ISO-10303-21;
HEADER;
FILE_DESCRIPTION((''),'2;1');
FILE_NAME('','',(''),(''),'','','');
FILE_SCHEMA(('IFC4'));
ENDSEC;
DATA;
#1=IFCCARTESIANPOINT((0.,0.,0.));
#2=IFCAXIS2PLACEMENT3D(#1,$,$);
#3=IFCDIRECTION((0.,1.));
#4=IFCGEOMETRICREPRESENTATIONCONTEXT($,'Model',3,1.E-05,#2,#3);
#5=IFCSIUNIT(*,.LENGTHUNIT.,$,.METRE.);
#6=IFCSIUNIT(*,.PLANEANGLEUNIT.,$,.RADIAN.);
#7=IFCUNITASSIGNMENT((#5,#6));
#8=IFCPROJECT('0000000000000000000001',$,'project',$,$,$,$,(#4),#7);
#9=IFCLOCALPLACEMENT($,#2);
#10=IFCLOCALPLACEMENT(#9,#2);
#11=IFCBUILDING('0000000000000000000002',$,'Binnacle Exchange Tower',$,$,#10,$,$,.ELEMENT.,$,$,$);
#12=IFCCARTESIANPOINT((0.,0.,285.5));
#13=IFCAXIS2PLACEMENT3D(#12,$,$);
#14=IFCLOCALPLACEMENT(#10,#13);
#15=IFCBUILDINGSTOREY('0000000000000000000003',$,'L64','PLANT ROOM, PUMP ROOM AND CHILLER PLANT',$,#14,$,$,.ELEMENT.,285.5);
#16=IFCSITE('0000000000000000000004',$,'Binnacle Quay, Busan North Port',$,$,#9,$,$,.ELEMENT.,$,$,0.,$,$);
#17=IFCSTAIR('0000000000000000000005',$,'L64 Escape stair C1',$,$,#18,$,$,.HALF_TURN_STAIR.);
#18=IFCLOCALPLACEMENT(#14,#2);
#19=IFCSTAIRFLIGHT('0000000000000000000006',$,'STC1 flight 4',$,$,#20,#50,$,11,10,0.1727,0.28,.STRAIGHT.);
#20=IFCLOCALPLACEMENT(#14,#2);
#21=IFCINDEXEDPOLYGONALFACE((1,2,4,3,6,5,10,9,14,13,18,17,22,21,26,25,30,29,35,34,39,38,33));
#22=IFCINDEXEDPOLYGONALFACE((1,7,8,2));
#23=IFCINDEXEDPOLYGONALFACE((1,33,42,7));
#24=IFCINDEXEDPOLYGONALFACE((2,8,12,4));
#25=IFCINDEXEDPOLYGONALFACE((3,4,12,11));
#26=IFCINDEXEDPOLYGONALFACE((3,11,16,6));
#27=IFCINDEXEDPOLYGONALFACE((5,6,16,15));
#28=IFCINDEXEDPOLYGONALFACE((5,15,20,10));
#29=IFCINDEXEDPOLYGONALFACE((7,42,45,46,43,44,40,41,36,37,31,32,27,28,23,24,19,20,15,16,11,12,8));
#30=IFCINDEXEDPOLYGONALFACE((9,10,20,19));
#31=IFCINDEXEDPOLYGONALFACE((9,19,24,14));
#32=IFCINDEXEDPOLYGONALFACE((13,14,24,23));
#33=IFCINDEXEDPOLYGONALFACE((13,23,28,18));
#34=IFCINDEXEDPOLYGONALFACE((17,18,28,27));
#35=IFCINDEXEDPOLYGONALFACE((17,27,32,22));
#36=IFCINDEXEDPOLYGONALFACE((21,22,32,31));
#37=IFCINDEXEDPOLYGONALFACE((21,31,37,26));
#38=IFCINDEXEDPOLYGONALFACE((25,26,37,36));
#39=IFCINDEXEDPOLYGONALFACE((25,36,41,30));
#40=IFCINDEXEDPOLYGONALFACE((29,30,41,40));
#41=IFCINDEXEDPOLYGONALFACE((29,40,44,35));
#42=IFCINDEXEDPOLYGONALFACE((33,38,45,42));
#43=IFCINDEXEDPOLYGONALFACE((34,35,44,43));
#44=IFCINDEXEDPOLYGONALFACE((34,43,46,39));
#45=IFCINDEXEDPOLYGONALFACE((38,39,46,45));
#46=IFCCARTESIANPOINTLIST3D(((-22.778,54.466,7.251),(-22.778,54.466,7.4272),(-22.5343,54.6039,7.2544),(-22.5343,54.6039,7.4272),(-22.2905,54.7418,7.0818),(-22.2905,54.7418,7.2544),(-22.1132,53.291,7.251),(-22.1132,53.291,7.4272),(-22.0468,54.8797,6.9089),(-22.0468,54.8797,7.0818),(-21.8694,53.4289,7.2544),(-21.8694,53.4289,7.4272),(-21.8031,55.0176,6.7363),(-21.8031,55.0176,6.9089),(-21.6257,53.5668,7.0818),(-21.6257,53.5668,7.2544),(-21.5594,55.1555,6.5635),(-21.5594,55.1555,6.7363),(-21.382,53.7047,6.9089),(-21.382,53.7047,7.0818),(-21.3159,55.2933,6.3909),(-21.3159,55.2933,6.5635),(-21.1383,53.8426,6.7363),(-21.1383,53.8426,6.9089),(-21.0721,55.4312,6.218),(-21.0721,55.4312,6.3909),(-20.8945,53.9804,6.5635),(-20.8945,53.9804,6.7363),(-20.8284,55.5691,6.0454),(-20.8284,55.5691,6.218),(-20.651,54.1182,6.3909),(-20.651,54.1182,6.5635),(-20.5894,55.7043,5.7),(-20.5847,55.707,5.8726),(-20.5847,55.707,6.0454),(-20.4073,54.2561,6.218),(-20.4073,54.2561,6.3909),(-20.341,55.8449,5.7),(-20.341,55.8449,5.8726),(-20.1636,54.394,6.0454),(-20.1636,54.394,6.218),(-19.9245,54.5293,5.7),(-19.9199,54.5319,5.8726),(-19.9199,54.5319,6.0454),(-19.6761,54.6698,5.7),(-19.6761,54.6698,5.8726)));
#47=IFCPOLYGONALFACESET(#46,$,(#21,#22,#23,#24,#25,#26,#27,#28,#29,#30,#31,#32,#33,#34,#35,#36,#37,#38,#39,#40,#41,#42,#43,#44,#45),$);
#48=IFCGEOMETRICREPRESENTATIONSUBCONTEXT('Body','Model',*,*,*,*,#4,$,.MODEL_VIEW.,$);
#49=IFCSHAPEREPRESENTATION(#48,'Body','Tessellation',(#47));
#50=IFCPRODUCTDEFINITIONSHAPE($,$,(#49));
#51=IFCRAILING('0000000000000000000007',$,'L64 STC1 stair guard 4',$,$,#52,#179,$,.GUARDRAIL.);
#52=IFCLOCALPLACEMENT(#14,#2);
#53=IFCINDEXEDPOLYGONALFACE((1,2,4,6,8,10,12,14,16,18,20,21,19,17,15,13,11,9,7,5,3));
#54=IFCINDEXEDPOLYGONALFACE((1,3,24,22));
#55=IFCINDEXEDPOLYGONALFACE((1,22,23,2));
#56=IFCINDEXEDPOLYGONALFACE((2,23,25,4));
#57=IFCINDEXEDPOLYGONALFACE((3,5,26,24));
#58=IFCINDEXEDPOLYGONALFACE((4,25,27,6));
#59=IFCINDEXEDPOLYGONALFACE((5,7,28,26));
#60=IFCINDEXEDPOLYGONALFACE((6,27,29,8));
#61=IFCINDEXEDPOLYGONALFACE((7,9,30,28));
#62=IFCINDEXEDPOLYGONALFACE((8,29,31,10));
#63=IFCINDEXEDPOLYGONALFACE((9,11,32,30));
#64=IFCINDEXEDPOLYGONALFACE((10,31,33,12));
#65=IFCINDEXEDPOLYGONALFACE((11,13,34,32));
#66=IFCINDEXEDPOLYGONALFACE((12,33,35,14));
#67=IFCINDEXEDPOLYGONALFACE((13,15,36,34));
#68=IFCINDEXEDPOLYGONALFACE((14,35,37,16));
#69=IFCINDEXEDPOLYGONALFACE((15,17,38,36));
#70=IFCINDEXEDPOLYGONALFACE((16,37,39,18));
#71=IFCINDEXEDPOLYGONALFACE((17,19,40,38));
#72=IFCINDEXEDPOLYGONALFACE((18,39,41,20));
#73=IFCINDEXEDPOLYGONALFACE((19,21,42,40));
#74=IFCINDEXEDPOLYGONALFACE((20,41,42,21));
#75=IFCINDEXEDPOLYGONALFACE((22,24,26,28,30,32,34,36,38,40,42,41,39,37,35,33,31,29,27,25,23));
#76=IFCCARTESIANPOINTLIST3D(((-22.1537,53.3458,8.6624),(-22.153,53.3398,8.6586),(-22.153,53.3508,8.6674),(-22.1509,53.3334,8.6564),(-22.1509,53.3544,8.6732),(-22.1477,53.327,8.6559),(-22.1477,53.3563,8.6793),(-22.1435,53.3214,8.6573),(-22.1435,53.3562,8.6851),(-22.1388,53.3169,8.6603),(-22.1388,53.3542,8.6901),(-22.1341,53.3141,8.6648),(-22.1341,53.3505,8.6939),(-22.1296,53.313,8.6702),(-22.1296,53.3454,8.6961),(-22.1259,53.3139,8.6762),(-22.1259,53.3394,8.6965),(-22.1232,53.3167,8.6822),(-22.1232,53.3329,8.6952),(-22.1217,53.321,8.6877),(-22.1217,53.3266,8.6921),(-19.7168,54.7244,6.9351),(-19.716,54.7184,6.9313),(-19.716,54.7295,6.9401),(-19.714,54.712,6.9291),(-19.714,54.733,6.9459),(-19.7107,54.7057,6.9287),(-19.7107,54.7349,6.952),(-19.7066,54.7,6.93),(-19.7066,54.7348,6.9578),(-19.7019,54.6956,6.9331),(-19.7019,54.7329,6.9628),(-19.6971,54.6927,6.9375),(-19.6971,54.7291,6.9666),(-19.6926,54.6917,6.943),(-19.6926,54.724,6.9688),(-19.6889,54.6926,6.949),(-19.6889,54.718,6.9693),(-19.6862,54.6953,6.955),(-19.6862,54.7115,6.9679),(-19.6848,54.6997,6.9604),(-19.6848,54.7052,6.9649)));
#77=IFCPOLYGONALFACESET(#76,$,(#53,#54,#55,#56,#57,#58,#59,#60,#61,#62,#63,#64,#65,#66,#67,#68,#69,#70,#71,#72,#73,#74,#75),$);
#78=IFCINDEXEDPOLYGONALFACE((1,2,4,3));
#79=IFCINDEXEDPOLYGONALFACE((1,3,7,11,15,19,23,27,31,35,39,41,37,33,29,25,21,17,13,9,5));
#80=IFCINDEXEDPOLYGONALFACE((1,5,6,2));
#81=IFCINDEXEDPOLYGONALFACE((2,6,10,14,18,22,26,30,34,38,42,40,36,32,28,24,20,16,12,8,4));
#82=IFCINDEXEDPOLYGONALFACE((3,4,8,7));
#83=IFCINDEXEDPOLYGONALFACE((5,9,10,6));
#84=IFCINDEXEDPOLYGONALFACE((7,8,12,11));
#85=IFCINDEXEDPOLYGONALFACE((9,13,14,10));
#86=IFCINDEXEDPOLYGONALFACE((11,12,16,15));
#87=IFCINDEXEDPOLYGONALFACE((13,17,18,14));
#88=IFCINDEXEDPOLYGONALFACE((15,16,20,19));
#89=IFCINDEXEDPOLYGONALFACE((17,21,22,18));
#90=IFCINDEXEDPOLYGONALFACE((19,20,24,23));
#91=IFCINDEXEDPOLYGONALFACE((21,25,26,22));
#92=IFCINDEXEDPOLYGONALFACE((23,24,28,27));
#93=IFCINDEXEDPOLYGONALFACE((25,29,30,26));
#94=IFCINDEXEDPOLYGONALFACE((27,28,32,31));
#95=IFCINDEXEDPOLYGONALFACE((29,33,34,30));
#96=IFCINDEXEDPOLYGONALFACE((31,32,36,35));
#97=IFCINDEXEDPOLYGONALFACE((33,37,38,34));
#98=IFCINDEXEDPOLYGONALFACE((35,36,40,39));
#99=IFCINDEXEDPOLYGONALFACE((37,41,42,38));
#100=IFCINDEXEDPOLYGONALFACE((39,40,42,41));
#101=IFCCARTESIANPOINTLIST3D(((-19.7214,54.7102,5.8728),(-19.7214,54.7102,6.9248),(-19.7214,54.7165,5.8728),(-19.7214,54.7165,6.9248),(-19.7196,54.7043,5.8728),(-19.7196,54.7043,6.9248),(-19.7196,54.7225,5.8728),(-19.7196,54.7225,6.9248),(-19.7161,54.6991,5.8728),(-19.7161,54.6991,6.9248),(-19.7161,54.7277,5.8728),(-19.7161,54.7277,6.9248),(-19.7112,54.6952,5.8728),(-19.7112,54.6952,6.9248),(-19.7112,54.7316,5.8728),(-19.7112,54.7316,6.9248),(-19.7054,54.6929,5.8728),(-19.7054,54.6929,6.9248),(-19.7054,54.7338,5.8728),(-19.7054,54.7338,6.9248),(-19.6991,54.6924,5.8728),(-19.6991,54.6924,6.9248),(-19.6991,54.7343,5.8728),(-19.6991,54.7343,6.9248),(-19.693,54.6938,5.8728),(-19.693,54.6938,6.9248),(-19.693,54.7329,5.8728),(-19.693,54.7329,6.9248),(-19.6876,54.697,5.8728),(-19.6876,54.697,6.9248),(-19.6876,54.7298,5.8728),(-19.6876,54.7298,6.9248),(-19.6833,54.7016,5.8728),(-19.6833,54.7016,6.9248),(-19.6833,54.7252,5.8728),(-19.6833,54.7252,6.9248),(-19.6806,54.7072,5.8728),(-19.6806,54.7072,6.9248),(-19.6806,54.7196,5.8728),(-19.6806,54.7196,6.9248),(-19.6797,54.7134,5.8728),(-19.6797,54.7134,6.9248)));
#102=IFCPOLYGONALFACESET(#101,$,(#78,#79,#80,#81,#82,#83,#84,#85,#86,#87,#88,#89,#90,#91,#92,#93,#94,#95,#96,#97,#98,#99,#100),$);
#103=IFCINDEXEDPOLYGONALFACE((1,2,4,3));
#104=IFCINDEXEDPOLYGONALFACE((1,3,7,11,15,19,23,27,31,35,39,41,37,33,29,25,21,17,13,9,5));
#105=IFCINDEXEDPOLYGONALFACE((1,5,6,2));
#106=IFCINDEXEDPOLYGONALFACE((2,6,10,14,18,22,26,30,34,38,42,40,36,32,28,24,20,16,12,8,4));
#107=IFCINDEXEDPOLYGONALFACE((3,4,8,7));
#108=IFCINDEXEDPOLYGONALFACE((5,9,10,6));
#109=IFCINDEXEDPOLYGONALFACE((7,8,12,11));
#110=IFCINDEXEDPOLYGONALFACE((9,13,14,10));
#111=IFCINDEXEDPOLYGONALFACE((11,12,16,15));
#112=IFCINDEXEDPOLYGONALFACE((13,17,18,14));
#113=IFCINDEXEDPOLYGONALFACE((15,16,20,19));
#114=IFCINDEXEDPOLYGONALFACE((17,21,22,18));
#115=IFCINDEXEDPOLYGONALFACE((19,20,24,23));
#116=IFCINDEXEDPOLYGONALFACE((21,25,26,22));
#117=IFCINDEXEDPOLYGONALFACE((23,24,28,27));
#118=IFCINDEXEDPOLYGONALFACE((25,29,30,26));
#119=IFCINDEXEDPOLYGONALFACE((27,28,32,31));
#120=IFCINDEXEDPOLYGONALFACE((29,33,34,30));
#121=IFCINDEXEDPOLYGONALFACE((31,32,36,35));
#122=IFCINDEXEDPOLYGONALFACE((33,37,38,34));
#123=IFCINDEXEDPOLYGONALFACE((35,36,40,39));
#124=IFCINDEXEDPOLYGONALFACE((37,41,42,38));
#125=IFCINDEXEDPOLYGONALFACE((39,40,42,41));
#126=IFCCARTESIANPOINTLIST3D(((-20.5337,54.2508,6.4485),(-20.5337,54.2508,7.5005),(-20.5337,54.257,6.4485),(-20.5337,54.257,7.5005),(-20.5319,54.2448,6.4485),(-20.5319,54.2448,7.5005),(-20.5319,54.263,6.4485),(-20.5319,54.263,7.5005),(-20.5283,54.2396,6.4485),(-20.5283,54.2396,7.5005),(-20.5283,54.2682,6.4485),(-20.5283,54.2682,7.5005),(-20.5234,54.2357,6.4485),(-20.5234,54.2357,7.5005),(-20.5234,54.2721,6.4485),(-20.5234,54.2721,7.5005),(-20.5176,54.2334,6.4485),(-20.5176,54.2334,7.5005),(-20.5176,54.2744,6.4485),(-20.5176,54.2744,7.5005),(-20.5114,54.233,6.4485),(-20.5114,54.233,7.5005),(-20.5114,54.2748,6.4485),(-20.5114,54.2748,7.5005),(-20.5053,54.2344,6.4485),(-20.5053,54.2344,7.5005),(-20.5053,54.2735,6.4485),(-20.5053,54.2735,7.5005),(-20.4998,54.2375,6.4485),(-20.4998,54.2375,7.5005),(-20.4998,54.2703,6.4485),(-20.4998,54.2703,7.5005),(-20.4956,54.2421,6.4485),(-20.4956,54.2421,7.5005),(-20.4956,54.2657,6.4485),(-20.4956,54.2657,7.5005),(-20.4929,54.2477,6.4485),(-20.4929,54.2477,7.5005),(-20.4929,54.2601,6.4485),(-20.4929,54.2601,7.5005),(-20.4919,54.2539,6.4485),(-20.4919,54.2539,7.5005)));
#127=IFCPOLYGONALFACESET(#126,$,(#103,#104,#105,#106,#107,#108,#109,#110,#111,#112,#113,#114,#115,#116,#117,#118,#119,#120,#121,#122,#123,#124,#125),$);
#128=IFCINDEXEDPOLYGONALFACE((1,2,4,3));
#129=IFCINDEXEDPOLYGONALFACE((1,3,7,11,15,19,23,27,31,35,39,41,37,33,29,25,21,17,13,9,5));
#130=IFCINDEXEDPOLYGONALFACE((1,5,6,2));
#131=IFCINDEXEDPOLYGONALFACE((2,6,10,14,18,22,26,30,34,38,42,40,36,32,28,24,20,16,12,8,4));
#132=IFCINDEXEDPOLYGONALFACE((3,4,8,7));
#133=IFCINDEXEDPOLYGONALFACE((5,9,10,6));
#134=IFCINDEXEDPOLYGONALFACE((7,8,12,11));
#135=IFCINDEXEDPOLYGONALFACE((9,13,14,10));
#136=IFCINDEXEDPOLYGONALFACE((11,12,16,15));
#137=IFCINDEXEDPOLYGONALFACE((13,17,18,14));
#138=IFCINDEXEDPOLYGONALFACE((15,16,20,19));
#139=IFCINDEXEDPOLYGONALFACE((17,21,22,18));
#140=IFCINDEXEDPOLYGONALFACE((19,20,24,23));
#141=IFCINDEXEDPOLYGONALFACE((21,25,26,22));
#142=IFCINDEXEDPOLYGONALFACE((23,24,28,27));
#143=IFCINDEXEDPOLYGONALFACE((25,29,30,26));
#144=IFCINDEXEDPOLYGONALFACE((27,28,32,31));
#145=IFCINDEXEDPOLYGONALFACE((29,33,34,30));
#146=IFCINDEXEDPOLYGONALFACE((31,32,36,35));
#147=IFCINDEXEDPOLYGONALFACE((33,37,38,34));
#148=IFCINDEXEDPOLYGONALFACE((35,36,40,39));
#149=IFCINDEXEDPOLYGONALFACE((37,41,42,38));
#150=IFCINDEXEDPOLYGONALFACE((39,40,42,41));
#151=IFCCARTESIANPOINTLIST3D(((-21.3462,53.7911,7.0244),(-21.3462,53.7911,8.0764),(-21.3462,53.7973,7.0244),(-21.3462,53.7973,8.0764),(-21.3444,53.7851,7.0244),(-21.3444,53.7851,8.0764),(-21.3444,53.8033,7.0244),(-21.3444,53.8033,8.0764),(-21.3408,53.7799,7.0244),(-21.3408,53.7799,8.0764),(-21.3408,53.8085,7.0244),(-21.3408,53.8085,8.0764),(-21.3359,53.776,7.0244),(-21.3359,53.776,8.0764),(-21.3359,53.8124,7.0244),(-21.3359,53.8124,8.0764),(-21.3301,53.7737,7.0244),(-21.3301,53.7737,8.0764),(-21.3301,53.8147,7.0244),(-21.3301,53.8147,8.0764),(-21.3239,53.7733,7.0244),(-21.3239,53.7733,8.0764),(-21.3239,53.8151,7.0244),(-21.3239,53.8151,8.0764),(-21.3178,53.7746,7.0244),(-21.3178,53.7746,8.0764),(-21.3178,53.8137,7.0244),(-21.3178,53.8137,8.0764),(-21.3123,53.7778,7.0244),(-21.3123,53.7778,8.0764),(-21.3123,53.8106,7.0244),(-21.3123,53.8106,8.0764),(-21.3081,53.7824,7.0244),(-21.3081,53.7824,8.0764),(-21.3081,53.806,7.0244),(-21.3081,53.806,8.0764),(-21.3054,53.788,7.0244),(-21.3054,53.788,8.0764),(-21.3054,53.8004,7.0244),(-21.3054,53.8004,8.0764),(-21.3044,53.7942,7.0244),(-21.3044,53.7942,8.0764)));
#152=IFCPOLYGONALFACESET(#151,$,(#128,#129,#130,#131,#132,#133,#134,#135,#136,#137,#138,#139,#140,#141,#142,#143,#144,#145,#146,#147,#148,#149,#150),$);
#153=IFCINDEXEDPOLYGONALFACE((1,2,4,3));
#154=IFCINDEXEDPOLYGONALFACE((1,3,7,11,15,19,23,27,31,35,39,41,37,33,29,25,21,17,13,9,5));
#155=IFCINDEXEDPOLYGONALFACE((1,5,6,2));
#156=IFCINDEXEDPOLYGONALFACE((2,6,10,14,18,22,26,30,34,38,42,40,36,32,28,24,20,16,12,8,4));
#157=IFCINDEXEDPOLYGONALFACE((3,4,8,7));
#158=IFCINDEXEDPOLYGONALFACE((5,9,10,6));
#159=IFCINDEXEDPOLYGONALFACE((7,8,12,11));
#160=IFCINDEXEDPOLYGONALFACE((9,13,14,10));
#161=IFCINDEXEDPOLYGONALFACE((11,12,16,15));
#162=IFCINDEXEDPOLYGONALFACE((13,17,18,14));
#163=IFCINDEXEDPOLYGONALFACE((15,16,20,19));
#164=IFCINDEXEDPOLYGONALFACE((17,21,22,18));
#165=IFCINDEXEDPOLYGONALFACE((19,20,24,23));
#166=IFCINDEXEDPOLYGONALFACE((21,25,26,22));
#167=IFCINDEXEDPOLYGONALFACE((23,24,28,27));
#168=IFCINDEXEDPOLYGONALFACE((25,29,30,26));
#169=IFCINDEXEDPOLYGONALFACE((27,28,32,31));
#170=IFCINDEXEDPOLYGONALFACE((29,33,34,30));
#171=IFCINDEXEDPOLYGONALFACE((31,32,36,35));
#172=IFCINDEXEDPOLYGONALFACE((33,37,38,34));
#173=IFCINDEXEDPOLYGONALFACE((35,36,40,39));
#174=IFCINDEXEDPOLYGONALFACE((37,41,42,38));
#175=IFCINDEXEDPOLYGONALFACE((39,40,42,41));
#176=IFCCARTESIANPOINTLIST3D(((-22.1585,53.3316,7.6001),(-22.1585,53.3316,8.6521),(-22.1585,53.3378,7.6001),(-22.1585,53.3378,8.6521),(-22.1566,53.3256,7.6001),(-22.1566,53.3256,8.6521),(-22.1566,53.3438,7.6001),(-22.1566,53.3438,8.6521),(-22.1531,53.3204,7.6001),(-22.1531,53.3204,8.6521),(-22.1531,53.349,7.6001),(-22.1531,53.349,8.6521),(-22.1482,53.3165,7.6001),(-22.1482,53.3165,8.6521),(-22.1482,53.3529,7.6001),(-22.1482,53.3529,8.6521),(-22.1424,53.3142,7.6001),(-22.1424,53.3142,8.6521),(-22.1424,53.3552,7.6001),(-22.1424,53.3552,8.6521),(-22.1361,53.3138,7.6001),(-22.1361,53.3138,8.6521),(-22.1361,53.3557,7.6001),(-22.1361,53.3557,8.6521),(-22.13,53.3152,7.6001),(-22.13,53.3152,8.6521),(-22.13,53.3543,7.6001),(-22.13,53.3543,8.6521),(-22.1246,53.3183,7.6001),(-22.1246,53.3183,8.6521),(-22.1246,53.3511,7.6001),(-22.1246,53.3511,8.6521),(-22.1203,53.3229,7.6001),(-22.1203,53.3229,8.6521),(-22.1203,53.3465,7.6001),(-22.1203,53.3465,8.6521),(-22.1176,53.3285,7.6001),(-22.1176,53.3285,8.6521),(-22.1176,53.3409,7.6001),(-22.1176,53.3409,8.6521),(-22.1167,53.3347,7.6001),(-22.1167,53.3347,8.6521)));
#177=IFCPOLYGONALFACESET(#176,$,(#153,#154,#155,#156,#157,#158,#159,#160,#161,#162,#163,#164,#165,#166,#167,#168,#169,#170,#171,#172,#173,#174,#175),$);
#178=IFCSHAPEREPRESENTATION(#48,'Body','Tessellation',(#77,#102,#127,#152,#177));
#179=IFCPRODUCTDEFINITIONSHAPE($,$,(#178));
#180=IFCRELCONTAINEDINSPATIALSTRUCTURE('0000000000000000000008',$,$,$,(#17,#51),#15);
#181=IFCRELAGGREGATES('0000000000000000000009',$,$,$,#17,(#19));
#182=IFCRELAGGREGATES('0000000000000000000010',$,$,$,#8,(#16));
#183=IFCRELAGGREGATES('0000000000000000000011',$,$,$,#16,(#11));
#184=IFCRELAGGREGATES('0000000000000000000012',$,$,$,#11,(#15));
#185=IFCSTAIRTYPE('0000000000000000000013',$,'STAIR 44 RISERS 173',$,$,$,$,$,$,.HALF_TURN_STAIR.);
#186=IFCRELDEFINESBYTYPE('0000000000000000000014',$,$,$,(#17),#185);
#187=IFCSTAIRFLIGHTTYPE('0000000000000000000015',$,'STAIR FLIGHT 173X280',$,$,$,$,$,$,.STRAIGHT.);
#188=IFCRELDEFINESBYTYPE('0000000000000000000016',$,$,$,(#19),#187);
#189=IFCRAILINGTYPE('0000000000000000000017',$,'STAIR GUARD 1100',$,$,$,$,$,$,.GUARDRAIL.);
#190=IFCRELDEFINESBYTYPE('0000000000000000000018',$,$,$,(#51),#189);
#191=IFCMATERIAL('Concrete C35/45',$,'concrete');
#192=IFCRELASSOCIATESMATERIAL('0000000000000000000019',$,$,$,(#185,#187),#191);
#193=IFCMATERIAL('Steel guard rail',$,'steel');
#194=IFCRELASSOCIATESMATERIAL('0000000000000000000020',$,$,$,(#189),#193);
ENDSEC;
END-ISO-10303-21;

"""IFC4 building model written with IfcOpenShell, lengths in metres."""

from ifc_helpers import new_model, si_unit, direction, frame, origin, origin_2d, place, context, subcontext, project, spatial, polyline, circle, outline, extrude, material, type_object, element, aggregate, save


model = new_model("IFC4")

# Units and contexts
model_context = context("Model", 3, precision=1e-05, world=origin(), true_north=direction((0.0, 1.0)))
body_context = subcontext(model_context, "Body", "Model", "MODEL_VIEW")
ifc_project = project(units=[si_unit("LENGTHUNIT", "METRE"), si_unit("PLANEANGLEUNIT", "RADIAN")], contexts=[model_context])

# Site, building, storey
site_placement = place(None, origin())
site = spatial("IfcSite", under=ifc_project, at=site_placement, Name="Binnacle Quay, Busan North Port", CompositionType="ELEMENT", RefElevation=0.0)
building_placement = place(site_placement, origin())
building = spatial("IfcBuilding", under=site, at=building_placement, Name="Binnacle Exchange Tower", CompositionType="ELEMENT")
storey_placement = place(building_placement, frame((0.0, 0.0, 285.5)))
storey = spatial("IfcBuildingStorey", under=building, at=storey_placement, Name="L64", Description="PLANT ROOM, PUMP ROOM AND CHILLER PLANT", CompositionType="ELEMENT", Elevation=285.5)

# Stair, stair flight
ifc_material_1 = material(Name="Concrete C35/45", Category="concrete")
stair_type = type_object("IfcStairType", Name="STAIR 44 RISERS 173", PredefinedType="HALF_TURN_STAIR", material=ifc_material_1)
stair_placement = place(storey_placement, origin())
stair = element("IfcStair", 1, at=stair_placement, inside=storey, type_object=stair_type, Name="L64 Escape stair C1", PredefinedType="HALF_TURN_STAIR")
stair_flight_type = type_object("IfcStairFlightType", Name="STAIR FLIGHT 173X280", PredefinedType="STRAIGHT", material=ifc_material_1)
stair_flight_1_placement = place(storey_placement, frame((-20.0085, 55.2573, 5.7), z_axis=(0.0, 0.0, 1.0), x_axis=(-0.870356, -0.492424, 0.0)))
stair_flight_1 = element("IfcStairFlight", 2, at=stair_flight_1_placement, type_object=stair_flight_type, Name="STC1 flight 4", NumberOfRisers=11, NumberOfTreads=10, PredefinedType="STRAIGHT", RiserHeight=0.1727, TreadLength=0.28, context=body_context, shape_type="SweptSolid", body=[
    extrude(outline(polyline([(0.0, 0.0), (0.0, 0.1726), (0.28, 0.1726), (0.28, 0.3455), (0.5601, 0.3455), (0.5601, 0.5181), (0.8401, 0.5181), (0.8401, 0.6909), (1.1201, 0.6909), (1.1201, 0.8635), (1.3999, 0.8635), (1.3999, 1.0364), (1.6799, 1.0364), (1.6799, 1.209), (1.96, 1.209), (1.96, 1.3818), (2.24, 1.3818), (2.24, 1.5544), (2.52, 1.5544), (2.52, 1.7273), (2.8, 1.7273), (2.8, 1.8999), (2.8, 1.551), (0.2854, 0.0), (0.0, 0.0)])), frame((0.0, 0.675, 0.0), z_axis=(0.0, -1.0, 0.0), x_axis=(1.0, 0.0, 0.0)), (0.0, 0.0, 1.0), 1.3501),
])
aggregate(stair, [stair_flight_1])

# Railing
ifc_material_2 = material(Name="Steel guard rail", Category="steel")
railing_type_1 = type_object("IfcRailingType", Name="STAIR GUARD 1100", PredefinedType="GUARDRAIL", material=ifc_material_2)
railing_1_placement = place(storey_placement, frame((-19.7007, 54.7134, 5.8728)))
element("IfcRailing", 3, at=railing_1_placement, inside=storey, type_object=railing_type_1, Name="L64 STC1 stair guard 4", PredefinedType="GUARDRAIL", context=body_context, shape_type="SweptSolid", body=[
    extrude(circle(Radius=0.0239, at=origin_2d()), frame((0.0, 0.0, 1.0762), z_axis=(-0.740761, -0.419062, 0.525033), x_axis=(0.492388, -0.870376, 0.0)), (0.0, 0.0, 1.0), 3.2898),
    extrude(circle(Radius=0.021, at=origin_2d()), origin(), (0.0, 0.0, 1.0), 1.052),
    extrude(circle(Radius=0.021, at=origin_2d()), frame((-0.8123, -0.4595, 0.5757)), (0.0, 0.0, 1.0), 1.052),
    extrude(circle(Radius=0.021, at=origin_2d()), frame((-1.6248, -0.9192, 1.1516)), (0.0, 0.0, 1.0), 1.052),
    extrude(circle(Radius=0.021, at=origin_2d()), frame((-2.437, -1.3787, 1.7273)), (0.0, 0.0, 1.0), 1.052),
])

save(model, "model.ifc")
